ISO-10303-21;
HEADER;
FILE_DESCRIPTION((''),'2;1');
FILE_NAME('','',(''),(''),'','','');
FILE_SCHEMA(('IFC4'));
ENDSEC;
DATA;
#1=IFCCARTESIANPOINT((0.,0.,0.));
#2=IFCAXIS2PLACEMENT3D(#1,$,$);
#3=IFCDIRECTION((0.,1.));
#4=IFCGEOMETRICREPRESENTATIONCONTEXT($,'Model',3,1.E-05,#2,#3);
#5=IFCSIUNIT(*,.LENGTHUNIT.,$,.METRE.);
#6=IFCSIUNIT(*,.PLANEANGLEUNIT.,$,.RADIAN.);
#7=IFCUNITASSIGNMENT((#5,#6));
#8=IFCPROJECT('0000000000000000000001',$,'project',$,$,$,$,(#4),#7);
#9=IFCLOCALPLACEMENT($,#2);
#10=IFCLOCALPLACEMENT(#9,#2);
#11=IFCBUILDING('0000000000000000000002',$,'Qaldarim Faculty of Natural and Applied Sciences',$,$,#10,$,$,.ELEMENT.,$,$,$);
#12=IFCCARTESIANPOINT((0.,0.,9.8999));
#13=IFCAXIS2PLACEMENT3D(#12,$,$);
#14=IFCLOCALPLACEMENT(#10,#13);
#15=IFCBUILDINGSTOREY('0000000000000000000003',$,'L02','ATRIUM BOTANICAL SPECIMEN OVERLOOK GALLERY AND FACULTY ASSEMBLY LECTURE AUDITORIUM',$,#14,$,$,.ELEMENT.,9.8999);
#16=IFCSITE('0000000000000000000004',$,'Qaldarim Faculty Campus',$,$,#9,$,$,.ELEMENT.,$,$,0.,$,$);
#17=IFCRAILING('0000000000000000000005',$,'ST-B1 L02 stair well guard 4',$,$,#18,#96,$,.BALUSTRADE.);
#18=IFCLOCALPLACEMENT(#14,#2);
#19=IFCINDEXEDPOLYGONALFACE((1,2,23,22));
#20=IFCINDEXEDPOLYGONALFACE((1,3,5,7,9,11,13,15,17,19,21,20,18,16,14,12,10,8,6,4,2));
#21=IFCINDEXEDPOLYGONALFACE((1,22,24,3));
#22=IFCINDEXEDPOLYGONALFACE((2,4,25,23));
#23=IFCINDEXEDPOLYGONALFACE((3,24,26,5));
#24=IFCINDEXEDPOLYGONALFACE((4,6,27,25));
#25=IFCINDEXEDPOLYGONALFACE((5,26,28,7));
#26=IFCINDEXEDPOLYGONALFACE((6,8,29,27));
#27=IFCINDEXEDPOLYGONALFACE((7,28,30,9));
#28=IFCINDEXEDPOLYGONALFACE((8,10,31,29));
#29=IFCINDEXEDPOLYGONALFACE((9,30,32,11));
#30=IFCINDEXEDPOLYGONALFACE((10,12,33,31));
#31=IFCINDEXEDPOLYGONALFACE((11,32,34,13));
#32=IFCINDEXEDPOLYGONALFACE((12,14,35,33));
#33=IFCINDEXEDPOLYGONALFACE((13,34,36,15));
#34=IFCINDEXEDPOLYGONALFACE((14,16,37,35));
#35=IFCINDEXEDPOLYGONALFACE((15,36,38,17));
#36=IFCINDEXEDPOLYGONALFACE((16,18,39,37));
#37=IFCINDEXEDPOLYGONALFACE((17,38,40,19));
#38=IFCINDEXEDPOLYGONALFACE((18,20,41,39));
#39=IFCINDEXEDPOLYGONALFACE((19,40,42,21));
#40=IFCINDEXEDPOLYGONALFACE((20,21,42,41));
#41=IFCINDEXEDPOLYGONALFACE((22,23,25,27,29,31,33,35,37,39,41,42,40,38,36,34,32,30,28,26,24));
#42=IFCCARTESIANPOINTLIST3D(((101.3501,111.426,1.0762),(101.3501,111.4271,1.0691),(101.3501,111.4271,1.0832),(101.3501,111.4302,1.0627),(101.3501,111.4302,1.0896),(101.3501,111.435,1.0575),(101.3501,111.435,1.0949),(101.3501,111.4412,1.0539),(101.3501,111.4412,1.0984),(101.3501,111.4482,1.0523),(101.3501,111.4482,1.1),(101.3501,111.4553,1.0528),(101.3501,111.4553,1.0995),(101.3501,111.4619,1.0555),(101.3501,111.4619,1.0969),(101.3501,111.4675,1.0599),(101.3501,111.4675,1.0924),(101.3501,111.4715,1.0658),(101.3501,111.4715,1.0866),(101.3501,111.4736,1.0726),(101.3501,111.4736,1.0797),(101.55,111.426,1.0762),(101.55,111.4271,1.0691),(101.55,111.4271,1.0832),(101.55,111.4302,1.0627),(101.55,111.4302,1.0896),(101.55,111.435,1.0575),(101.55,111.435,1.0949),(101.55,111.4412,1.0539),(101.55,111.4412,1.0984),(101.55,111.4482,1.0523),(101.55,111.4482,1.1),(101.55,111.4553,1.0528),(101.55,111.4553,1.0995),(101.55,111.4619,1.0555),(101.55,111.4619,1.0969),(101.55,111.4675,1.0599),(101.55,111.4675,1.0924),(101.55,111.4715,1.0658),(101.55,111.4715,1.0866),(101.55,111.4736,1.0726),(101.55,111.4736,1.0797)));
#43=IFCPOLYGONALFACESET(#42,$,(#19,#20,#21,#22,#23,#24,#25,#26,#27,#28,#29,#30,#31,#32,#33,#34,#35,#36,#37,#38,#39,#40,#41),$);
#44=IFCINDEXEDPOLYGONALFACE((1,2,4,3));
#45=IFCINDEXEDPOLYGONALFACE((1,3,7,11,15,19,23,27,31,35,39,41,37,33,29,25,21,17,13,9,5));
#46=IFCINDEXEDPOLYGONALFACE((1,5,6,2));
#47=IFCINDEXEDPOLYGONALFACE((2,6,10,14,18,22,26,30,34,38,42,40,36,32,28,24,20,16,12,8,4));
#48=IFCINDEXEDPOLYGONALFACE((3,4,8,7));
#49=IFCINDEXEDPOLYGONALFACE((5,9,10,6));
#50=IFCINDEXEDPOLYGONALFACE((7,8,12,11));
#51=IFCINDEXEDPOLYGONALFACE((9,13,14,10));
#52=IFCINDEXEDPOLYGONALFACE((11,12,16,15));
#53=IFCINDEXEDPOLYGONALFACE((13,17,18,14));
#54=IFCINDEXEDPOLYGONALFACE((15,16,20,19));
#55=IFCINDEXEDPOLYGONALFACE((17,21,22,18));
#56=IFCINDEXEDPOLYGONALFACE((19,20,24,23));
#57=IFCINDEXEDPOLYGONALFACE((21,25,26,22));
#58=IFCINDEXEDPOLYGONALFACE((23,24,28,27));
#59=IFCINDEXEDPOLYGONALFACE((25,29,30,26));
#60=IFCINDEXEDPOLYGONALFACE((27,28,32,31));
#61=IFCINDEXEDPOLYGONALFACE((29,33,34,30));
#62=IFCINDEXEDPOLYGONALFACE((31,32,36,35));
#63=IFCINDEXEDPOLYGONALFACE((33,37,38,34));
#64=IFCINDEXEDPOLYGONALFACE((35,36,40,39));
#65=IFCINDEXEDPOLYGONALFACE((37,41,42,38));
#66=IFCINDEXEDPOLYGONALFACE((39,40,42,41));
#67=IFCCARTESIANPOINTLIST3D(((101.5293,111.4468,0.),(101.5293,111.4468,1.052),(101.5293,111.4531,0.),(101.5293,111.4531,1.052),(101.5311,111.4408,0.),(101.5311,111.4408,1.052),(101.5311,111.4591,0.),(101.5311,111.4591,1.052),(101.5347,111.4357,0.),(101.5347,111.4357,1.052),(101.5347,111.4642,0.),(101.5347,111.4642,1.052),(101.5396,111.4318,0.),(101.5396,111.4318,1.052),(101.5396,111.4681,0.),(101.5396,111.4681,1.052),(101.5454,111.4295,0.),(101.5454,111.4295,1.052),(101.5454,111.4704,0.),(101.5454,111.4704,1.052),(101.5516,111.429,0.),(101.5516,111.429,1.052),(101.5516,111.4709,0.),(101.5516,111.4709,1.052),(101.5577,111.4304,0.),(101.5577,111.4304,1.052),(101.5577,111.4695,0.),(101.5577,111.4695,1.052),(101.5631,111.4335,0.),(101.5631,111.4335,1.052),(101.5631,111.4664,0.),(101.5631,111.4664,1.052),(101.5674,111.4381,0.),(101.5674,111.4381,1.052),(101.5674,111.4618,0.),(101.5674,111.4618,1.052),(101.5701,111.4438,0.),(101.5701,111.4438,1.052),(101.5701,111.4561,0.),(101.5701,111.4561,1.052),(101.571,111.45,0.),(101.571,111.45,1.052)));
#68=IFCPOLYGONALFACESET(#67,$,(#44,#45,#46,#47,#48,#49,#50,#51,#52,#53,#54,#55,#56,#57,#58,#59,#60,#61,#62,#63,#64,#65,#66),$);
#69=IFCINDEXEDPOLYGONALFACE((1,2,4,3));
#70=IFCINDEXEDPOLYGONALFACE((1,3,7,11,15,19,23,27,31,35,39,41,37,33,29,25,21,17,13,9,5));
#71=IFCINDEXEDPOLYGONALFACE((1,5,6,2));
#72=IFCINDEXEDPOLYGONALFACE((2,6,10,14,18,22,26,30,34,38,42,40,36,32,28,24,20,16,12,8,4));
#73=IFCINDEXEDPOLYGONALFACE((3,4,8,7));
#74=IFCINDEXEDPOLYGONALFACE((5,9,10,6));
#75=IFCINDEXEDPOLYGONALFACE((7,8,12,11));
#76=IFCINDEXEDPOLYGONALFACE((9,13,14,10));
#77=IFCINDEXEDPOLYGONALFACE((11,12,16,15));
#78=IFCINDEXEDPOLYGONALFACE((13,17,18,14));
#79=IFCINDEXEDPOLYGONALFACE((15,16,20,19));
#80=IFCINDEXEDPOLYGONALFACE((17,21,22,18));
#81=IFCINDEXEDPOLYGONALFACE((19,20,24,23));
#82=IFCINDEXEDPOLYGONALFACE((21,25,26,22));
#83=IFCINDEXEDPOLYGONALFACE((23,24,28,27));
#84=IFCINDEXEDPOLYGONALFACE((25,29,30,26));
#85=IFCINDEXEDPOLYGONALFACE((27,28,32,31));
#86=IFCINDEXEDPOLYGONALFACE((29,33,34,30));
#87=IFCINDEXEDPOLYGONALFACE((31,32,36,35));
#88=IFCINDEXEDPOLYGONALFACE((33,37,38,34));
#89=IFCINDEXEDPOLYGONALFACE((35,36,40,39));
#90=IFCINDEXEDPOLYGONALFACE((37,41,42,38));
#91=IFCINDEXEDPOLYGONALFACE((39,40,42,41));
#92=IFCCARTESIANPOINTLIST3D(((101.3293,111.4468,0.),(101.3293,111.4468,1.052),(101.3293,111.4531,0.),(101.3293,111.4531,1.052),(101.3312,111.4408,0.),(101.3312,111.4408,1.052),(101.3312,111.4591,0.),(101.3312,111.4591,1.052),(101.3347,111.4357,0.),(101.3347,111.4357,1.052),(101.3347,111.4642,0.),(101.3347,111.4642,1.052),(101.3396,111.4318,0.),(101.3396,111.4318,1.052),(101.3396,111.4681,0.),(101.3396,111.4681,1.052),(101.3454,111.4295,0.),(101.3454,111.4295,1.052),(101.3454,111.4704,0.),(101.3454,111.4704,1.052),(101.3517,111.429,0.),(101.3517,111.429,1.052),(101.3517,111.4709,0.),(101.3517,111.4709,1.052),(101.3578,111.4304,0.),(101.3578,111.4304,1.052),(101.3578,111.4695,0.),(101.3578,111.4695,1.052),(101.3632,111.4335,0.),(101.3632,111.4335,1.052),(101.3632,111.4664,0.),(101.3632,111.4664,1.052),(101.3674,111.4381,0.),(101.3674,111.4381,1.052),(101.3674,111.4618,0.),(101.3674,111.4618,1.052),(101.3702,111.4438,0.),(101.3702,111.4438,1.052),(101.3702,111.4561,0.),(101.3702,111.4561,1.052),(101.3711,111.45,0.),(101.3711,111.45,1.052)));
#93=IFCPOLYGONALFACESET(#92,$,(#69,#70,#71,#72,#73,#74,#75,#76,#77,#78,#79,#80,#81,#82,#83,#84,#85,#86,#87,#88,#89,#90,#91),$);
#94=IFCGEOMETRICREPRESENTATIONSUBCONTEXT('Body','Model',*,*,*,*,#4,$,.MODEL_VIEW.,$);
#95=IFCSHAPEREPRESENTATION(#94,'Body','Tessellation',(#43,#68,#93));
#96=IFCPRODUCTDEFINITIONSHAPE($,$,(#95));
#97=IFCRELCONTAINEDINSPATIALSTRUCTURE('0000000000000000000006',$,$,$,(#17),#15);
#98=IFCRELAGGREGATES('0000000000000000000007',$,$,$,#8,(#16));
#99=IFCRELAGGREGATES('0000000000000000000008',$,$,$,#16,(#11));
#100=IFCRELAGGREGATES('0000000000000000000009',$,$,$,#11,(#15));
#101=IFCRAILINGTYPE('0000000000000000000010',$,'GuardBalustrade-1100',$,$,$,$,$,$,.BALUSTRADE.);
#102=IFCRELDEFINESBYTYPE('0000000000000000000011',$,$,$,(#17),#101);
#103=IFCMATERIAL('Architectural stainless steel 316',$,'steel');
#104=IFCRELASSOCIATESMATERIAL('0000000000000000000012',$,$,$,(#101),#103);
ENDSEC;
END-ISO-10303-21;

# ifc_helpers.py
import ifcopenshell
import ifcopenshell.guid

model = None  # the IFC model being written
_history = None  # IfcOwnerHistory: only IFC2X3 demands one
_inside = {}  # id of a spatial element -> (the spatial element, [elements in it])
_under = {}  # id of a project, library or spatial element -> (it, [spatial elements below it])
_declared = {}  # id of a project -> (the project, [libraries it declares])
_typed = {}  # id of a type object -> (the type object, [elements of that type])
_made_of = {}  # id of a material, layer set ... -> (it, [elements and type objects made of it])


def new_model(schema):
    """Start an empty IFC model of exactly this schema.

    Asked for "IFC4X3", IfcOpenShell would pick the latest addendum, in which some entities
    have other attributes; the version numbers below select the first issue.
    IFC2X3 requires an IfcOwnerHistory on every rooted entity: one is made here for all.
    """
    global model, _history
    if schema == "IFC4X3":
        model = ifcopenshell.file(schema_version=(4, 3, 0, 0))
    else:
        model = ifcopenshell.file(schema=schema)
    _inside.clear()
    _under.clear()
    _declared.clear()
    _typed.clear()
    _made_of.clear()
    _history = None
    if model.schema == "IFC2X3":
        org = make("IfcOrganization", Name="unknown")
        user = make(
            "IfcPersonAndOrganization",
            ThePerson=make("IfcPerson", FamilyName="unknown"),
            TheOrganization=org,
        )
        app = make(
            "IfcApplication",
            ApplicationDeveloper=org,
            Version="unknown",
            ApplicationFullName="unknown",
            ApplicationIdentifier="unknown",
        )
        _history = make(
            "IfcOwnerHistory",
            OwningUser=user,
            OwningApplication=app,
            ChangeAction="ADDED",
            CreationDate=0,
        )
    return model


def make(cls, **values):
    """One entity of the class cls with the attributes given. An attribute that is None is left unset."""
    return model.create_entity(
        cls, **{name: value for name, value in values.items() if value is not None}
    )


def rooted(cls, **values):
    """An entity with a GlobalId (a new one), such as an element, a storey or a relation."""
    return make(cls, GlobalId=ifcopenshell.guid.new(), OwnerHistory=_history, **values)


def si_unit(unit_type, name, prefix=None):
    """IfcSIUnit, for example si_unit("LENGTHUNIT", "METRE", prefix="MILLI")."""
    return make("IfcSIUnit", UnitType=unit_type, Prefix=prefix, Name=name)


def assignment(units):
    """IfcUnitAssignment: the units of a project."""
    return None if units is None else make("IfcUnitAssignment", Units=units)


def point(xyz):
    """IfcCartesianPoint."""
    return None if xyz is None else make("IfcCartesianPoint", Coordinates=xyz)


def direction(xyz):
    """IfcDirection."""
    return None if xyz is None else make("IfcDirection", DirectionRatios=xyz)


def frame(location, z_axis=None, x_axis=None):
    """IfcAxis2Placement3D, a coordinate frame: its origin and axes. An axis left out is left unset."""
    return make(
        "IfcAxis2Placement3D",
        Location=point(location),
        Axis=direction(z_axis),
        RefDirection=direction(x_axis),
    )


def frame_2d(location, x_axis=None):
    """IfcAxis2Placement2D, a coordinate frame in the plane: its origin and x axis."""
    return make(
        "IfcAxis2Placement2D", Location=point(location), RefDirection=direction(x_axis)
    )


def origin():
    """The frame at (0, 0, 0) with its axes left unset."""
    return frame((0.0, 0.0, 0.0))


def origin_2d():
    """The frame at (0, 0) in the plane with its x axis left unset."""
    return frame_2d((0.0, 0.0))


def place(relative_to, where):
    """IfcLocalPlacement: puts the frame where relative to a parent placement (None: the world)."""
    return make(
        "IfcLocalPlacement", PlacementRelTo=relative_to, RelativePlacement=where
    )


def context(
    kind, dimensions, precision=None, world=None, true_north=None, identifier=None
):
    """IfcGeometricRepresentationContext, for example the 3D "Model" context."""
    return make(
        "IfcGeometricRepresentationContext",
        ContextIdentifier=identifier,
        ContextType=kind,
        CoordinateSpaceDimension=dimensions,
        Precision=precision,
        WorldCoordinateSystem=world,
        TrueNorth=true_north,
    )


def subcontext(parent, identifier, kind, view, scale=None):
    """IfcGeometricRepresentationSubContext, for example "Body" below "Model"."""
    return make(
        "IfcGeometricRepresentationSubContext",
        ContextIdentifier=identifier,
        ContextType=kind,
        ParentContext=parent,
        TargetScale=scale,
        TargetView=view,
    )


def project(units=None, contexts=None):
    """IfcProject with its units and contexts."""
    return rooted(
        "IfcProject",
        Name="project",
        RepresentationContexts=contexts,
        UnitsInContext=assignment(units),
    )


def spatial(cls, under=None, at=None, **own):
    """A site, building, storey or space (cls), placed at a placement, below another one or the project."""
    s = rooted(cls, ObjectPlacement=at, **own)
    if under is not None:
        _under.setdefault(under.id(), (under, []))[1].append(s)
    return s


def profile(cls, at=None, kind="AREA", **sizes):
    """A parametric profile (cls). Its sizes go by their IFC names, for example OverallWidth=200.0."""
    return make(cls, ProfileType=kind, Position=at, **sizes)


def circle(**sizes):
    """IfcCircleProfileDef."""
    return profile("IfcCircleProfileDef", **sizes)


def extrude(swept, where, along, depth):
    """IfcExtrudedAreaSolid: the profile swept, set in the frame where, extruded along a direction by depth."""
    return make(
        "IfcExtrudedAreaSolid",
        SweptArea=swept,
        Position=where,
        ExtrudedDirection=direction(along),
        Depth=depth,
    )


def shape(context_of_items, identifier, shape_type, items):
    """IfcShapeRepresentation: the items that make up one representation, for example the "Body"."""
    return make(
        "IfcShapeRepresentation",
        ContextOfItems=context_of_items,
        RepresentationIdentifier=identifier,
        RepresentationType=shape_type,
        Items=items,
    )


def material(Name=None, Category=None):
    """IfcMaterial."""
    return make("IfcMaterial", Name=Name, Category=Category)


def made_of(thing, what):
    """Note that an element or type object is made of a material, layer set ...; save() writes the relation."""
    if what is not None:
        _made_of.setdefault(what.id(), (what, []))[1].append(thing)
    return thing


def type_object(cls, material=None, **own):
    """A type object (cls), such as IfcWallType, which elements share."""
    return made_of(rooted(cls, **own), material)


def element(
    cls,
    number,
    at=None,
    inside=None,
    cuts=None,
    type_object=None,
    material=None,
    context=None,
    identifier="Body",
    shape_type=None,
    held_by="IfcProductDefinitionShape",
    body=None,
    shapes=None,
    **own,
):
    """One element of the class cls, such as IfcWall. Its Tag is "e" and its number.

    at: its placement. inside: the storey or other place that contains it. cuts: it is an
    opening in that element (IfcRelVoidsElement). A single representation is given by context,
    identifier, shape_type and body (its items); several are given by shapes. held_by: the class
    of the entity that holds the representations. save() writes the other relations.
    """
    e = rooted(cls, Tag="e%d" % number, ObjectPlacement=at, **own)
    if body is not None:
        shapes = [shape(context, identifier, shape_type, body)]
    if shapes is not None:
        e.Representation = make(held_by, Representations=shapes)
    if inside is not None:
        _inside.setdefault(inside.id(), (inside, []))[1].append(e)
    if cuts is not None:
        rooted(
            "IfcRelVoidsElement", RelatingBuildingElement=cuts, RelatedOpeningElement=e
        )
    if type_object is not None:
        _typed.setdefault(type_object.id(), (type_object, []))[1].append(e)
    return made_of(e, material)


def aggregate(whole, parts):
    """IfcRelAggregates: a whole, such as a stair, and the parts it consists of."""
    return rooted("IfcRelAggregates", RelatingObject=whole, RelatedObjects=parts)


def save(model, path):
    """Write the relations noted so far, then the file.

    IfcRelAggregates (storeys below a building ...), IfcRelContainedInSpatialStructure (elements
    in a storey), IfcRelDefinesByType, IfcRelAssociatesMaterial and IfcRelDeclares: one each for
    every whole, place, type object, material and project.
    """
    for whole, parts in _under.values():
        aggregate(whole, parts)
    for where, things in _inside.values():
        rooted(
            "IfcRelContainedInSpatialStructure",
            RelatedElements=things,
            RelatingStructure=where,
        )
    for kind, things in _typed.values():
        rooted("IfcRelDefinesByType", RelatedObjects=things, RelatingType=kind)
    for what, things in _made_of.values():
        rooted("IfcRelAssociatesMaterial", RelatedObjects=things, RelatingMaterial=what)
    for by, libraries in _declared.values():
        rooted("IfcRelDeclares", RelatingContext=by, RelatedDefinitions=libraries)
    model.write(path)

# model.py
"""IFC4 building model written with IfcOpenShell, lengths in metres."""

from ifc_helpers import new_model, si_unit, direction, frame, origin, origin_2d, place, context, subcontext, project, spatial, circle, extrude, material, type_object, element, save


model = new_model("IFC4")

# Units and contexts
model_context = context("Model", 3, precision=1e-05, world=origin(), true_north=direction((0.0, 1.0)))
body_context = subcontext(model_context, "Body", "Model", "MODEL_VIEW")
ifc_project = project(units=[si_unit("LENGTHUNIT", "METRE"), si_unit("PLANEANGLEUNIT", "RADIAN")], contexts=[model_context])

# Site, building, storey
site_placement = place(None, origin())
site = spatial("IfcSite", under=ifc_project, at=site_placement, Name="Qaldarim Faculty Campus", CompositionType="ELEMENT", RefElevation=0.0)
building_placement = place(site_placement, origin())
building = spatial("IfcBuilding", under=site, at=building_placement, Name="Qaldarim Faculty of Natural and Applied Sciences", CompositionType="ELEMENT")
storey_placement = place(building_placement, frame((0.0, 0.0, 9.8999)))
storey = spatial("IfcBuildingStorey", under=building, at=storey_placement, Name="L02", Description="ATRIUM BOTANICAL SPECIMEN OVERLOOK GALLERY AND FACULTY ASSEMBLY LECTURE AUDITORIUM", CompositionType="ELEMENT", Elevation=9.8999)

# Shared definitions
ifc_material_1 = material(Name="Architectural stainless steel 316", Category="steel")

# Railing
railing_type_1 = type_object("IfcRailingType", Name="GuardBalustrade-1100", PredefinedType="BALUSTRADE", material=ifc_material_1)
railing_1_placement = place(storey_placement, frame((101.55, 111.45, 0.0)))
element("IfcRailing", 1, at=railing_1_placement, inside=storey, type_object=railing_type_1, Name="ST-B1 L02 stair well guard 4", PredefinedType="BALUSTRADE", context=body_context, shape_type="SweptSolid", body=[
    extrude(circle(Radius=0.0239, at=origin_2d()), frame((0.0, 0.0, 1.0762), z_axis=(-1.0, 0.0, 0.0), x_axis=(0.0, -1.0, 0.0)), (0.0, 0.0, 1.0), 0.2),
    extrude(circle(Radius=0.021, at=origin_2d()), origin(), (0.0, 0.0, 1.0), 1.052),
    extrude(circle(Radius=0.021, at=origin_2d()), frame((-0.2, 0.0, 0.0)), (0.0, 0.0, 1.0), 1.052),
])

save(model, "model.ifc")
